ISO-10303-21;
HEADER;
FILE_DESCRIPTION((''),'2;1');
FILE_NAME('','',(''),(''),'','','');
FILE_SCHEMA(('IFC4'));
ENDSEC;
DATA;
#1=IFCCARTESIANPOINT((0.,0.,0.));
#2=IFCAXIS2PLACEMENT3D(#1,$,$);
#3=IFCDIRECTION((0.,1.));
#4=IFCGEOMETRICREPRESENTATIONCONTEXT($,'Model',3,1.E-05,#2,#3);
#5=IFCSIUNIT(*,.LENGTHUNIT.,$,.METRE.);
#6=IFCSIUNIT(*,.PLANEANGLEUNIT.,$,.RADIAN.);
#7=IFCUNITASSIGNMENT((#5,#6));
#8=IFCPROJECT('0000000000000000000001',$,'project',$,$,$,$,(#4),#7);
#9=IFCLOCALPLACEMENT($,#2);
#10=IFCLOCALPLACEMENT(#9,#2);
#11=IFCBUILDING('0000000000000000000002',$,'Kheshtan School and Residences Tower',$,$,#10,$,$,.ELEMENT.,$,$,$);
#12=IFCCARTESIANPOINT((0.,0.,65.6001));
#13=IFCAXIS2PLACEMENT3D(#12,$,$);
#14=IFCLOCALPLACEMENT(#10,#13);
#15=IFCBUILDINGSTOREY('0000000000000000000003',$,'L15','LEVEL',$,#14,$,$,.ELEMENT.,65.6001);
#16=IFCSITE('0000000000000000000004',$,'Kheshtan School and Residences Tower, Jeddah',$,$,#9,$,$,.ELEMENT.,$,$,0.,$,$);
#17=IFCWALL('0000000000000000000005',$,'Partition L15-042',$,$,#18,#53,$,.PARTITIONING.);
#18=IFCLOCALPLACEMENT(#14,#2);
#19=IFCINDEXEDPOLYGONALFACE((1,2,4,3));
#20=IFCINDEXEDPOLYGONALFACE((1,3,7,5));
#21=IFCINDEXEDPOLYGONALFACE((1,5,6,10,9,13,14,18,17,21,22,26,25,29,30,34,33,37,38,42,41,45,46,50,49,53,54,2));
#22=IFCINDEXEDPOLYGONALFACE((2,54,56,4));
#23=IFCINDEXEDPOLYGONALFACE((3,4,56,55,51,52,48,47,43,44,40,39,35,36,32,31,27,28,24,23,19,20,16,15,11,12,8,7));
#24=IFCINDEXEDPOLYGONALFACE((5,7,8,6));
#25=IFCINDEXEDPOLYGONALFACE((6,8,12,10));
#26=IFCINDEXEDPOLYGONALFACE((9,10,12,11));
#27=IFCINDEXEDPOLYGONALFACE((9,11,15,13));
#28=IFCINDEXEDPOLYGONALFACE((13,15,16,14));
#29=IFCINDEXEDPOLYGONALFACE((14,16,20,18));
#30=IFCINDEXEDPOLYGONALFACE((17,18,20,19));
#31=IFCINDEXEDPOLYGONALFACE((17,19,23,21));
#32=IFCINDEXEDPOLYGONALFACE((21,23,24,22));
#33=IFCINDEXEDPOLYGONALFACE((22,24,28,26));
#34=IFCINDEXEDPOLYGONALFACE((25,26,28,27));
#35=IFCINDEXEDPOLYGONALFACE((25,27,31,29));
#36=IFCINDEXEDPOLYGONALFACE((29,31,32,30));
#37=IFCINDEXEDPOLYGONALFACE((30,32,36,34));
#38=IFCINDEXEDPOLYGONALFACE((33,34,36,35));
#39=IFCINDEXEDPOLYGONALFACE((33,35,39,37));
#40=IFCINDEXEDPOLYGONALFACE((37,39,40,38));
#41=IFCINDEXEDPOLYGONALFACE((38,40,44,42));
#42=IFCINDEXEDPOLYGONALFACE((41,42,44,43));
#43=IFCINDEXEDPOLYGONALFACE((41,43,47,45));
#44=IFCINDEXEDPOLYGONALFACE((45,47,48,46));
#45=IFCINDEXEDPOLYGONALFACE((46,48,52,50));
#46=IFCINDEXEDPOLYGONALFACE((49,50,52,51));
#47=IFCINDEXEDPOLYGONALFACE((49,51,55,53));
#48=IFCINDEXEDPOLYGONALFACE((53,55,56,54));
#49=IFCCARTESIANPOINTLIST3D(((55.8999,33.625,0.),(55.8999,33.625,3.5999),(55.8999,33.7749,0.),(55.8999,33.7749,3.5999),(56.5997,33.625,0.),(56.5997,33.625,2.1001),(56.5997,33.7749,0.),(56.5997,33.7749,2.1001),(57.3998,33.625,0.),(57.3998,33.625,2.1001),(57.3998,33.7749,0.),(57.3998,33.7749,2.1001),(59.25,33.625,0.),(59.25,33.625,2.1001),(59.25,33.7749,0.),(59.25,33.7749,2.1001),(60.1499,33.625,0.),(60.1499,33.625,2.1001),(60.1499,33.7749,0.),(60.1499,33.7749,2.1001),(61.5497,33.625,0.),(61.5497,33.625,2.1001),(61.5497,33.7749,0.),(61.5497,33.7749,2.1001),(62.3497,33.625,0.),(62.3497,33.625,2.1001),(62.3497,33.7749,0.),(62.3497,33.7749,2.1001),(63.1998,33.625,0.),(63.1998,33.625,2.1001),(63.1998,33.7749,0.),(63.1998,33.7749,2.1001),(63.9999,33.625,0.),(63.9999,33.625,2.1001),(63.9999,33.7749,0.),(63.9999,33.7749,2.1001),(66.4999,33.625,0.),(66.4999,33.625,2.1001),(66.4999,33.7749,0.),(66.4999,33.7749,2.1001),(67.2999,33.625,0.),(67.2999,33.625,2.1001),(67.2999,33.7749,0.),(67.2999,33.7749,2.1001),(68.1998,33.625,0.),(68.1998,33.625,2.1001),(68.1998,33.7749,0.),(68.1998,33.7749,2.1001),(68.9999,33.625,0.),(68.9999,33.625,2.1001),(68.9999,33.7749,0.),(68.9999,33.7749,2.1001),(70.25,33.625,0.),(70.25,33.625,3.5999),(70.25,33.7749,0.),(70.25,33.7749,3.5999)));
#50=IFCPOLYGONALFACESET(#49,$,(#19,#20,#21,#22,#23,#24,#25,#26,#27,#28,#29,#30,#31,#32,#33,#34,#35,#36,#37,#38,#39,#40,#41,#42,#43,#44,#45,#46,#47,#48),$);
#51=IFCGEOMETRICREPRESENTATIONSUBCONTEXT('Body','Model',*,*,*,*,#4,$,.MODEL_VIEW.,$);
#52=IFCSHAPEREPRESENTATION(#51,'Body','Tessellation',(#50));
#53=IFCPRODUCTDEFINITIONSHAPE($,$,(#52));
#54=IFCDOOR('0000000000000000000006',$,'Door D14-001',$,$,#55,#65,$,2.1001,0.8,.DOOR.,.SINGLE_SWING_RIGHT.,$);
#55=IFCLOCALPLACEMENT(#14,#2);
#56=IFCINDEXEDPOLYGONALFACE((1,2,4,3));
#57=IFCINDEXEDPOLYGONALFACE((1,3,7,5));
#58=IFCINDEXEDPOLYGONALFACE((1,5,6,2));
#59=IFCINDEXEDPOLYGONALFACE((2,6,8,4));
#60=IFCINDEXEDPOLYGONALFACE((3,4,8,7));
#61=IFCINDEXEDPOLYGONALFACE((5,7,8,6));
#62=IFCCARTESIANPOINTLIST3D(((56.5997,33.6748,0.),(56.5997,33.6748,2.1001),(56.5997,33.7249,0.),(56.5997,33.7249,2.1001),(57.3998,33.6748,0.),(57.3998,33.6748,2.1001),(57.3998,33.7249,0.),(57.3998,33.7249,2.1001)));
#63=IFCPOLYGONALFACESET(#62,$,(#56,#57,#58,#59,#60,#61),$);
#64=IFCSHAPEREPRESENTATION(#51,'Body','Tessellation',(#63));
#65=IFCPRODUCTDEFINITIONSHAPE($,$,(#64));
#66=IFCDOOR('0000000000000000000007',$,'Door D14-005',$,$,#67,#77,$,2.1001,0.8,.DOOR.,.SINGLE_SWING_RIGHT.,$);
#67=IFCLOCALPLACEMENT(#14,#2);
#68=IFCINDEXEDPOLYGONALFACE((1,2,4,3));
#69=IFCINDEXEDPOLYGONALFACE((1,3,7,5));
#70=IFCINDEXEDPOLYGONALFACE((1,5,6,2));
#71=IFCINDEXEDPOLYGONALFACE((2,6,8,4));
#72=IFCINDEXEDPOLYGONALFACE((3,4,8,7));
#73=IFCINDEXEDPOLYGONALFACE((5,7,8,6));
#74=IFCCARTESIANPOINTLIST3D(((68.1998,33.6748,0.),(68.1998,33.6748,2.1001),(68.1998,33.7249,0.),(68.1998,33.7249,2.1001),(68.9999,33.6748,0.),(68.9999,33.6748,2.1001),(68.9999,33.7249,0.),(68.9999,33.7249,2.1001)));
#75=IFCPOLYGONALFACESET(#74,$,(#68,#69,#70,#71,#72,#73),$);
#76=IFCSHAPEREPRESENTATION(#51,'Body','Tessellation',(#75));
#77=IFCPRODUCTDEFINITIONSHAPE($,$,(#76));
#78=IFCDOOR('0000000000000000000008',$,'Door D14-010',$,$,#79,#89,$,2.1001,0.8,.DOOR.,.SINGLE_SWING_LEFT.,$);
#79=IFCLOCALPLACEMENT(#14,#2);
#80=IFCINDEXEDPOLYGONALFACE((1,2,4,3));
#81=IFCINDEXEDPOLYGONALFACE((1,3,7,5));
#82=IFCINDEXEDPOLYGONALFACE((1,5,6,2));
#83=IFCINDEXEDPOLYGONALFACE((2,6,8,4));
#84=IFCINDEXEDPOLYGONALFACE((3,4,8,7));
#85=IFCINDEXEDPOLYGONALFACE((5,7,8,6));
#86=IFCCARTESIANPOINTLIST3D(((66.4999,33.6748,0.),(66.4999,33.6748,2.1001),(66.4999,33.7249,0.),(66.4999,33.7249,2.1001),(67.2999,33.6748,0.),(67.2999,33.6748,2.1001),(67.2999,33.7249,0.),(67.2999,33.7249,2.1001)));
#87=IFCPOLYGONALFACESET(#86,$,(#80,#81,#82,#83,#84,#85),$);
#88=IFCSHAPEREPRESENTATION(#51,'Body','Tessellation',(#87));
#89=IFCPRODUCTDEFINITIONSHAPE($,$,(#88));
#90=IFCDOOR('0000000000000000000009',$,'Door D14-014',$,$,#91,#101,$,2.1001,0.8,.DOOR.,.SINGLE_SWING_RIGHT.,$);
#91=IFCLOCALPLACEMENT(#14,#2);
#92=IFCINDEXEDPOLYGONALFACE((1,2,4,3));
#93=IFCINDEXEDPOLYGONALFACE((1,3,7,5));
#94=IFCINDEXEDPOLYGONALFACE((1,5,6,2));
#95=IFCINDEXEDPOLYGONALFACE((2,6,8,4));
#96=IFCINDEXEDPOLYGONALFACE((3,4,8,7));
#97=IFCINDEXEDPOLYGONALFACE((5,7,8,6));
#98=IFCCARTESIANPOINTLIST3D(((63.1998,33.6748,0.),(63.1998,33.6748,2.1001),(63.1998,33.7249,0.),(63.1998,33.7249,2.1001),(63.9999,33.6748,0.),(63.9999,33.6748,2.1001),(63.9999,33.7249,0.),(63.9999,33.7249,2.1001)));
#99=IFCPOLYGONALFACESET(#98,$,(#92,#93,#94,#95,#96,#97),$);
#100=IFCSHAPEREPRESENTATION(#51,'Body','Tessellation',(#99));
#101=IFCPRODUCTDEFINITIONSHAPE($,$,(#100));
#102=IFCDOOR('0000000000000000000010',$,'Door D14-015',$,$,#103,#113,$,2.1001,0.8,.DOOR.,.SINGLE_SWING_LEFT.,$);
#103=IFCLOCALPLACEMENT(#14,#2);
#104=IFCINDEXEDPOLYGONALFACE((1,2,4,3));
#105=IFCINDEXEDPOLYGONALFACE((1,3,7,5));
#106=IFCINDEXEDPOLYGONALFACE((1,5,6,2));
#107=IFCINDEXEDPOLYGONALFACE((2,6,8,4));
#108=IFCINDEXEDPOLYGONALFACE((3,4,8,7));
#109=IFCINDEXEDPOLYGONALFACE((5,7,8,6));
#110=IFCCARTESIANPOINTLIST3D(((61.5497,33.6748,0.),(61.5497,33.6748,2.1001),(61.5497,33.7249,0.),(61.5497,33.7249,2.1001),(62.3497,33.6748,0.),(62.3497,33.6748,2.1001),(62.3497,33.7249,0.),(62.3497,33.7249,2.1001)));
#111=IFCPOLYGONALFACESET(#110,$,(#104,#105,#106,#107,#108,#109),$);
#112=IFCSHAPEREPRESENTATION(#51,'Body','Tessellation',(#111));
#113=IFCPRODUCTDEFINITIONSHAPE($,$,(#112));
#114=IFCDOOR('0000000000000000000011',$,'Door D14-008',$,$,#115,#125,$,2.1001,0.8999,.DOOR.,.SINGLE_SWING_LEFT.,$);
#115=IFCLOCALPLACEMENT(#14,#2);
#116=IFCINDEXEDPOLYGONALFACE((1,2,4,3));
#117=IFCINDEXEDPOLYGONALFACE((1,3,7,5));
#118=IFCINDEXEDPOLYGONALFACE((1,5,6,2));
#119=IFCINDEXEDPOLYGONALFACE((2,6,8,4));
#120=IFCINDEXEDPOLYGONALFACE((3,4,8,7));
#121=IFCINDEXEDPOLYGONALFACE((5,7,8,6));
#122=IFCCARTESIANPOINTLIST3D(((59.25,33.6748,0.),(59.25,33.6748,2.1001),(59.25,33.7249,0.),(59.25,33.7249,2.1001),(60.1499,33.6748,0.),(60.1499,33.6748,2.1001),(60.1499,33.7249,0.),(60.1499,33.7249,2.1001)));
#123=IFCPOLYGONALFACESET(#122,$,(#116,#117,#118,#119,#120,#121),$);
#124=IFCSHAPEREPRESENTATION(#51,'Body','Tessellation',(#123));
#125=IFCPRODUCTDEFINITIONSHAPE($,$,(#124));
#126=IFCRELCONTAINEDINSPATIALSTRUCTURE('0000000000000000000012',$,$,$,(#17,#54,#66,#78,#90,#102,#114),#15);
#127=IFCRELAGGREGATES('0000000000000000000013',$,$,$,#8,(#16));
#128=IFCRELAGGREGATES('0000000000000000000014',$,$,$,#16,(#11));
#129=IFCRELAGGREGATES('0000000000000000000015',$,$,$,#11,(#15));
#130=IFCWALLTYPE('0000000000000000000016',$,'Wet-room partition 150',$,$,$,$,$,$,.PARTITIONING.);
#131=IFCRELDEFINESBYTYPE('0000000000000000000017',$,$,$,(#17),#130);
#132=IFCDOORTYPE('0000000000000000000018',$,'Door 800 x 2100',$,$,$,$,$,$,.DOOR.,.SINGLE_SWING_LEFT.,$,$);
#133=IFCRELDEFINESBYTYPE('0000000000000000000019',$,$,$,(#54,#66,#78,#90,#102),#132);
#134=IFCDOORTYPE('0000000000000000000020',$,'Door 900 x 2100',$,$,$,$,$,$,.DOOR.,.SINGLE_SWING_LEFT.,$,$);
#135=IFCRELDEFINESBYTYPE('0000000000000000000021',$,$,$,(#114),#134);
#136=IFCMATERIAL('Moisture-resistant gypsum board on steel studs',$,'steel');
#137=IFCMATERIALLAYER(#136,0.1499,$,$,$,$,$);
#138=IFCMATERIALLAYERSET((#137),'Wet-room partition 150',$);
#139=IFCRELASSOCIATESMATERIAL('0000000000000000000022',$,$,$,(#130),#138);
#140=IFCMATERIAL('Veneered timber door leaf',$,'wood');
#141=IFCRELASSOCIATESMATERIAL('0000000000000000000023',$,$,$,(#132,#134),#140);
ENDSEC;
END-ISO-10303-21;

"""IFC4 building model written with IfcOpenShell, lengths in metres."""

from ifc_helpers import new_model, si_unit, direction, frame, frame_2d, origin, place, context, subcontext, project, spatial, rectangle, extrude, source, transform, mapped, material, layer, layer_set, type_object, element, fill, save


model = new_model("IFC4")

# Units and contexts
model_context = context("Model", 3, precision=1e-05, world=origin(), true_north=direction((0.0, 1.0)))
body_context = subcontext(model_context, "Body", "Model", "MODEL_VIEW")
ifc_project = project(units=[si_unit("LENGTHUNIT", "METRE"), si_unit("PLANEANGLEUNIT", "RADIAN")], contexts=[model_context])

# Site, building, storey
site_placement = place(None, origin())
site = spatial("IfcSite", under=ifc_project, at=site_placement, Name="Kheshtan School and Residences Tower, Jeddah", CompositionType="ELEMENT", RefElevation=0.0)
building_placement = place(site_placement, origin())
building = spatial("IfcBuilding", under=site, at=building_placement, Name="Kheshtan School and Residences Tower", CompositionType="ELEMENT")
storey_placement = place(building_placement, frame((0.0, 0.0, 65.6001)))
storey = spatial("IfcBuildingStorey", under=building, at=storey_placement, Name="L15", Description="LEVEL", CompositionType="ELEMENT", Elevation=65.6001)

# Wall, openings, doors
ifc_material_1 = material(Name="Moisture-resistant gypsum board on steel studs", Category="steel")
ifc_layer_1 = layer(ifc_material_1, 0.1499)
ifc_layer_set_1 = layer_set([ifc_layer_1], Name="Wet-room partition 150")
wall_type_1 = type_object("IfcWallType", Name="Wet-room partition 150", PredefinedType="PARTITIONING", material=ifc_layer_set_1)
wall_1_placement = place(storey_placement, frame((55.8999, 33.7, 0.0), z_axis=(0.0, 0.0, 1.0), x_axis=(1.0, 0.0, 0.0)))
wall_1 = element("IfcWall", 1, at=wall_1_placement, inside=storey, type_object=wall_type_1, Name="Partition L15-042", PredefinedType="PARTITIONING", context=body_context, shape_type="SweptSolid", body=[
    extrude(rectangle(XDim=14.3501, YDim=0.1499, at=frame_2d((7.175, 0.0))), origin(), (0.0, 0.0, 1.0), 3.5999),
])
opening_1_placement = place(wall_1_placement, frame((0.7, 0.0, 0.0)))
opening_1 = element("IfcOpeningElement", 2, at=opening_1_placement, cuts=wall_1, PredefinedType="OPENING", context=body_context, shape_type="SweptSolid", body=[
    extrude(rectangle(XDim=0.8, YDim=2.1001, at=frame_2d((0.3999, 1.05))), frame((0.0, 0.085, 0.0), z_axis=(0.0, -1.0, 0.0), x_axis=(1.0, 0.0, 0.0)), (0.0, 0.0, 1.0), 0.1699),
])
opening_2_placement = place(wall_1_placement, frame((12.3, 0.0, 0.0)))
opening_2 = element("IfcOpeningElement", 3, at=opening_2_placement, cuts=wall_1, PredefinedType="OPENING", context=body_context, shape_type="SweptSolid", body=[
    extrude(rectangle(XDim=0.8, YDim=2.1001, at=frame_2d((0.3999, 1.05))), frame((0.0, 0.085, 0.0), z_axis=(0.0, -1.0, 0.0), x_axis=(1.0, 0.0, 0.0)), (0.0, 0.0, 1.0), 0.1699),
])
opening_3_placement = place(wall_1_placement, frame((3.3501, 0.0, 0.0)))
opening_3 = element("IfcOpeningElement", 4, at=opening_3_placement, cuts=wall_1, PredefinedType="OPENING", context=body_context, shape_type="SweptSolid", body=[
    extrude(rectangle(XDim=0.8999, YDim=2.1001, at=frame_2d((0.45, 1.05))), frame((0.0, 0.085, 0.0), z_axis=(0.0, -1.0, 0.0), x_axis=(1.0, 0.0, 0.0)), (0.0, 0.0, 1.0), 0.1699),
])
opening_4_placement = place(wall_1_placement, frame((10.6001, 0.0, 0.0)))
opening_4 = element("IfcOpeningElement", 5, at=opening_4_placement, cuts=wall_1, PredefinedType="OPENING", context=body_context, shape_type="SweptSolid", body=[
    extrude(rectangle(XDim=0.8, YDim=2.1001, at=frame_2d((0.3999, 1.05))), frame((0.0, 0.085, 0.0), z_axis=(0.0, -1.0, 0.0), x_axis=(1.0, 0.0, 0.0)), (0.0, 0.0, 1.0), 0.1699),
])
opening_5_placement = place(wall_1_placement, frame((7.3, 0.0, 0.0)))
opening_5 = element("IfcOpeningElement", 6, at=opening_5_placement, cuts=wall_1, PredefinedType="OPENING", context=body_context, shape_type="SweptSolid", body=[
    extrude(rectangle(XDim=0.8, YDim=2.1001, at=frame_2d((0.3999, 1.05))), frame((0.0, 0.085, 0.0), z_axis=(0.0, -1.0, 0.0), x_axis=(1.0, 0.0, 0.0)), (0.0, 0.0, 1.0), 0.1699),
])
opening_6_placement = place(wall_1_placement, frame((5.6499, 0.0, 0.0)))
opening_6 = element("IfcOpeningElement", 7, at=opening_6_placement, cuts=wall_1, PredefinedType="OPENING", context=body_context, shape_type="SweptSolid", body=[
    extrude(rectangle(XDim=0.8, YDim=2.1001, at=frame_2d((0.3999, 1.05))), frame((0.0, 0.085, 0.0), z_axis=(0.0, -1.0, 0.0), x_axis=(1.0, 0.0, 0.0)), (0.0, 0.0, 1.0), 0.1699),
])
ifc_material_2 = material(Name="Veneered timber door leaf", Category="wood")
door_type_1 = type_object("IfcDoorType", Name="Door 800 x 2100", OperationType="SINGLE_SWING_LEFT", PredefinedType="DOOR", material=ifc_material_2)
shared_shape_1 = source(origin(), body_context, "Body", "SweptSolid", [
    extrude(rectangle(XDim=0.8, YDim=2.1001, at=frame_2d((0.3999, 1.05))), frame((0.0, 0.0249, 0.0), z_axis=(0.0, -1.0, 0.0), x_axis=(1.0, 0.0, 0.0)), (0.0, 0.0, 1.0), 0.05),
])
door_1_placement = place(opening_1_placement, origin())
door_1 = element("IfcDoor", 8, at=door_1_placement, inside=storey, type_object=door_type_1, Name="Door D14-001", OperationType="SINGLE_SWING_RIGHT", OverallHeight=2.1001, OverallWidth=0.8, PredefinedType="DOOR", context=body_context, shape_type="MappedRepresentation", body=[
    mapped(shared_shape_1, transform((0.0, 0.0, 0.0), x_axis=(1.0, 0.0, 0.0), y_axis=(0.0, 1.0, 0.0), z_axis=(0.0, 0.0, 1.0), scale=1.0)),
])
fill(opening_1, door_1)
door_2_placement = place(opening_2_placement, origin())
door_2 = element("IfcDoor", 9, at=door_2_placement, inside=storey, type_object=door_type_1, Name="Door D14-005", OperationType="SINGLE_SWING_RIGHT", OverallHeight=2.1001, OverallWidth=0.8, PredefinedType="DOOR", context=body_context, shape_type="MappedRepresentation", body=[
    mapped(shared_shape_1, transform((0.0, 0.0, 0.0), x_axis=(1.0, 0.0, 0.0), y_axis=(0.0, 1.0, 0.0), z_axis=(0.0, 0.0, 1.0), scale=1.0)),
])
fill(opening_2, door_2)
door_3_placement = place(opening_4_placement, origin())
door_3 = element("IfcDoor", 10, at=door_3_placement, inside=storey, type_object=door_type_1, Name="Door D14-010", OperationType="SINGLE_SWING_LEFT", OverallHeight=2.1001, OverallWidth=0.8, PredefinedType="DOOR", context=body_context, shape_type="MappedRepresentation", body=[
    mapped(shared_shape_1, transform((0.0, 0.0, 0.0), x_axis=(1.0, 0.0, 0.0), y_axis=(0.0, 1.0, 0.0), z_axis=(0.0, 0.0, 1.0), scale=1.0)),
])
fill(opening_4, door_3)
door_4_placement = place(opening_5_placement, origin())
door_4 = element("IfcDoor", 11, at=door_4_placement, inside=storey, type_object=door_type_1, Name="Door D14-014", OperationType="SINGLE_SWING_RIGHT", OverallHeight=2.1001, OverallWidth=0.8, PredefinedType="DOOR", context=body_context, shape_type="MappedRepresentation", body=[
    mapped(shared_shape_1, transform((0.0, 0.0, 0.0), x_axis=(1.0, 0.0, 0.0), y_axis=(0.0, 1.0, 0.0), z_axis=(0.0, 0.0, 1.0), scale=1.0)),
])
fill(opening_5, door_4)
door_5_placement = place(opening_6_placement, origin())
door_5 = element("IfcDoor", 12, at=door_5_placement, inside=storey, type_object=door_type_1, Name="Door D14-015", OperationType="SINGLE_SWING_LEFT", OverallHeight=2.1001, OverallWidth=0.8, PredefinedType="DOOR", context=body_context, shape_type="MappedRepresentation", body=[
    mapped(shared_shape_1, transform((0.0, 0.0, 0.0), x_axis=(1.0, 0.0, 0.0), y_axis=(0.0, 1.0, 0.0), z_axis=(0.0, 0.0, 1.0), scale=1.0)),
])
fill(opening_6, door_5)
door_type_2 = type_object("IfcDoorType", Name="Door 900 x 2100", OperationType="SINGLE_SWING_LEFT", PredefinedType="DOOR", material=ifc_material_2)
shared_shape_2 = source(origin(), body_context, "Body", "SweptSolid", [
    extrude(rectangle(XDim=0.8999, YDim=2.1001, at=frame_2d((0.45, 1.05))), frame((0.0, 0.0249, 0.0), z_axis=(0.0, -1.0, 0.0), x_axis=(1.0, 0.0, 0.0)), (0.0, 0.0, 1.0), 0.05),
])
door_6_placement = place(opening_3_placement, origin())
door_6 = element("IfcDoor", 13, at=door_6_placement, inside=storey, type_object=door_type_2, Name="Door D14-008", OperationType="SINGLE_SWING_LEFT", OverallHeight=2.1001, OverallWidth=0.8999, PredefinedType="DOOR", context=body_context, shape_type="MappedRepresentation", body=[
    mapped(shared_shape_2, transform((0.0, 0.0, 0.0), x_axis=(1.0, 0.0, 0.0), y_axis=(0.0, 1.0, 0.0), z_axis=(0.0, 0.0, 1.0), scale=1.0)),
])
fill(opening_3, door_6)

save(model, "model.ifc")
